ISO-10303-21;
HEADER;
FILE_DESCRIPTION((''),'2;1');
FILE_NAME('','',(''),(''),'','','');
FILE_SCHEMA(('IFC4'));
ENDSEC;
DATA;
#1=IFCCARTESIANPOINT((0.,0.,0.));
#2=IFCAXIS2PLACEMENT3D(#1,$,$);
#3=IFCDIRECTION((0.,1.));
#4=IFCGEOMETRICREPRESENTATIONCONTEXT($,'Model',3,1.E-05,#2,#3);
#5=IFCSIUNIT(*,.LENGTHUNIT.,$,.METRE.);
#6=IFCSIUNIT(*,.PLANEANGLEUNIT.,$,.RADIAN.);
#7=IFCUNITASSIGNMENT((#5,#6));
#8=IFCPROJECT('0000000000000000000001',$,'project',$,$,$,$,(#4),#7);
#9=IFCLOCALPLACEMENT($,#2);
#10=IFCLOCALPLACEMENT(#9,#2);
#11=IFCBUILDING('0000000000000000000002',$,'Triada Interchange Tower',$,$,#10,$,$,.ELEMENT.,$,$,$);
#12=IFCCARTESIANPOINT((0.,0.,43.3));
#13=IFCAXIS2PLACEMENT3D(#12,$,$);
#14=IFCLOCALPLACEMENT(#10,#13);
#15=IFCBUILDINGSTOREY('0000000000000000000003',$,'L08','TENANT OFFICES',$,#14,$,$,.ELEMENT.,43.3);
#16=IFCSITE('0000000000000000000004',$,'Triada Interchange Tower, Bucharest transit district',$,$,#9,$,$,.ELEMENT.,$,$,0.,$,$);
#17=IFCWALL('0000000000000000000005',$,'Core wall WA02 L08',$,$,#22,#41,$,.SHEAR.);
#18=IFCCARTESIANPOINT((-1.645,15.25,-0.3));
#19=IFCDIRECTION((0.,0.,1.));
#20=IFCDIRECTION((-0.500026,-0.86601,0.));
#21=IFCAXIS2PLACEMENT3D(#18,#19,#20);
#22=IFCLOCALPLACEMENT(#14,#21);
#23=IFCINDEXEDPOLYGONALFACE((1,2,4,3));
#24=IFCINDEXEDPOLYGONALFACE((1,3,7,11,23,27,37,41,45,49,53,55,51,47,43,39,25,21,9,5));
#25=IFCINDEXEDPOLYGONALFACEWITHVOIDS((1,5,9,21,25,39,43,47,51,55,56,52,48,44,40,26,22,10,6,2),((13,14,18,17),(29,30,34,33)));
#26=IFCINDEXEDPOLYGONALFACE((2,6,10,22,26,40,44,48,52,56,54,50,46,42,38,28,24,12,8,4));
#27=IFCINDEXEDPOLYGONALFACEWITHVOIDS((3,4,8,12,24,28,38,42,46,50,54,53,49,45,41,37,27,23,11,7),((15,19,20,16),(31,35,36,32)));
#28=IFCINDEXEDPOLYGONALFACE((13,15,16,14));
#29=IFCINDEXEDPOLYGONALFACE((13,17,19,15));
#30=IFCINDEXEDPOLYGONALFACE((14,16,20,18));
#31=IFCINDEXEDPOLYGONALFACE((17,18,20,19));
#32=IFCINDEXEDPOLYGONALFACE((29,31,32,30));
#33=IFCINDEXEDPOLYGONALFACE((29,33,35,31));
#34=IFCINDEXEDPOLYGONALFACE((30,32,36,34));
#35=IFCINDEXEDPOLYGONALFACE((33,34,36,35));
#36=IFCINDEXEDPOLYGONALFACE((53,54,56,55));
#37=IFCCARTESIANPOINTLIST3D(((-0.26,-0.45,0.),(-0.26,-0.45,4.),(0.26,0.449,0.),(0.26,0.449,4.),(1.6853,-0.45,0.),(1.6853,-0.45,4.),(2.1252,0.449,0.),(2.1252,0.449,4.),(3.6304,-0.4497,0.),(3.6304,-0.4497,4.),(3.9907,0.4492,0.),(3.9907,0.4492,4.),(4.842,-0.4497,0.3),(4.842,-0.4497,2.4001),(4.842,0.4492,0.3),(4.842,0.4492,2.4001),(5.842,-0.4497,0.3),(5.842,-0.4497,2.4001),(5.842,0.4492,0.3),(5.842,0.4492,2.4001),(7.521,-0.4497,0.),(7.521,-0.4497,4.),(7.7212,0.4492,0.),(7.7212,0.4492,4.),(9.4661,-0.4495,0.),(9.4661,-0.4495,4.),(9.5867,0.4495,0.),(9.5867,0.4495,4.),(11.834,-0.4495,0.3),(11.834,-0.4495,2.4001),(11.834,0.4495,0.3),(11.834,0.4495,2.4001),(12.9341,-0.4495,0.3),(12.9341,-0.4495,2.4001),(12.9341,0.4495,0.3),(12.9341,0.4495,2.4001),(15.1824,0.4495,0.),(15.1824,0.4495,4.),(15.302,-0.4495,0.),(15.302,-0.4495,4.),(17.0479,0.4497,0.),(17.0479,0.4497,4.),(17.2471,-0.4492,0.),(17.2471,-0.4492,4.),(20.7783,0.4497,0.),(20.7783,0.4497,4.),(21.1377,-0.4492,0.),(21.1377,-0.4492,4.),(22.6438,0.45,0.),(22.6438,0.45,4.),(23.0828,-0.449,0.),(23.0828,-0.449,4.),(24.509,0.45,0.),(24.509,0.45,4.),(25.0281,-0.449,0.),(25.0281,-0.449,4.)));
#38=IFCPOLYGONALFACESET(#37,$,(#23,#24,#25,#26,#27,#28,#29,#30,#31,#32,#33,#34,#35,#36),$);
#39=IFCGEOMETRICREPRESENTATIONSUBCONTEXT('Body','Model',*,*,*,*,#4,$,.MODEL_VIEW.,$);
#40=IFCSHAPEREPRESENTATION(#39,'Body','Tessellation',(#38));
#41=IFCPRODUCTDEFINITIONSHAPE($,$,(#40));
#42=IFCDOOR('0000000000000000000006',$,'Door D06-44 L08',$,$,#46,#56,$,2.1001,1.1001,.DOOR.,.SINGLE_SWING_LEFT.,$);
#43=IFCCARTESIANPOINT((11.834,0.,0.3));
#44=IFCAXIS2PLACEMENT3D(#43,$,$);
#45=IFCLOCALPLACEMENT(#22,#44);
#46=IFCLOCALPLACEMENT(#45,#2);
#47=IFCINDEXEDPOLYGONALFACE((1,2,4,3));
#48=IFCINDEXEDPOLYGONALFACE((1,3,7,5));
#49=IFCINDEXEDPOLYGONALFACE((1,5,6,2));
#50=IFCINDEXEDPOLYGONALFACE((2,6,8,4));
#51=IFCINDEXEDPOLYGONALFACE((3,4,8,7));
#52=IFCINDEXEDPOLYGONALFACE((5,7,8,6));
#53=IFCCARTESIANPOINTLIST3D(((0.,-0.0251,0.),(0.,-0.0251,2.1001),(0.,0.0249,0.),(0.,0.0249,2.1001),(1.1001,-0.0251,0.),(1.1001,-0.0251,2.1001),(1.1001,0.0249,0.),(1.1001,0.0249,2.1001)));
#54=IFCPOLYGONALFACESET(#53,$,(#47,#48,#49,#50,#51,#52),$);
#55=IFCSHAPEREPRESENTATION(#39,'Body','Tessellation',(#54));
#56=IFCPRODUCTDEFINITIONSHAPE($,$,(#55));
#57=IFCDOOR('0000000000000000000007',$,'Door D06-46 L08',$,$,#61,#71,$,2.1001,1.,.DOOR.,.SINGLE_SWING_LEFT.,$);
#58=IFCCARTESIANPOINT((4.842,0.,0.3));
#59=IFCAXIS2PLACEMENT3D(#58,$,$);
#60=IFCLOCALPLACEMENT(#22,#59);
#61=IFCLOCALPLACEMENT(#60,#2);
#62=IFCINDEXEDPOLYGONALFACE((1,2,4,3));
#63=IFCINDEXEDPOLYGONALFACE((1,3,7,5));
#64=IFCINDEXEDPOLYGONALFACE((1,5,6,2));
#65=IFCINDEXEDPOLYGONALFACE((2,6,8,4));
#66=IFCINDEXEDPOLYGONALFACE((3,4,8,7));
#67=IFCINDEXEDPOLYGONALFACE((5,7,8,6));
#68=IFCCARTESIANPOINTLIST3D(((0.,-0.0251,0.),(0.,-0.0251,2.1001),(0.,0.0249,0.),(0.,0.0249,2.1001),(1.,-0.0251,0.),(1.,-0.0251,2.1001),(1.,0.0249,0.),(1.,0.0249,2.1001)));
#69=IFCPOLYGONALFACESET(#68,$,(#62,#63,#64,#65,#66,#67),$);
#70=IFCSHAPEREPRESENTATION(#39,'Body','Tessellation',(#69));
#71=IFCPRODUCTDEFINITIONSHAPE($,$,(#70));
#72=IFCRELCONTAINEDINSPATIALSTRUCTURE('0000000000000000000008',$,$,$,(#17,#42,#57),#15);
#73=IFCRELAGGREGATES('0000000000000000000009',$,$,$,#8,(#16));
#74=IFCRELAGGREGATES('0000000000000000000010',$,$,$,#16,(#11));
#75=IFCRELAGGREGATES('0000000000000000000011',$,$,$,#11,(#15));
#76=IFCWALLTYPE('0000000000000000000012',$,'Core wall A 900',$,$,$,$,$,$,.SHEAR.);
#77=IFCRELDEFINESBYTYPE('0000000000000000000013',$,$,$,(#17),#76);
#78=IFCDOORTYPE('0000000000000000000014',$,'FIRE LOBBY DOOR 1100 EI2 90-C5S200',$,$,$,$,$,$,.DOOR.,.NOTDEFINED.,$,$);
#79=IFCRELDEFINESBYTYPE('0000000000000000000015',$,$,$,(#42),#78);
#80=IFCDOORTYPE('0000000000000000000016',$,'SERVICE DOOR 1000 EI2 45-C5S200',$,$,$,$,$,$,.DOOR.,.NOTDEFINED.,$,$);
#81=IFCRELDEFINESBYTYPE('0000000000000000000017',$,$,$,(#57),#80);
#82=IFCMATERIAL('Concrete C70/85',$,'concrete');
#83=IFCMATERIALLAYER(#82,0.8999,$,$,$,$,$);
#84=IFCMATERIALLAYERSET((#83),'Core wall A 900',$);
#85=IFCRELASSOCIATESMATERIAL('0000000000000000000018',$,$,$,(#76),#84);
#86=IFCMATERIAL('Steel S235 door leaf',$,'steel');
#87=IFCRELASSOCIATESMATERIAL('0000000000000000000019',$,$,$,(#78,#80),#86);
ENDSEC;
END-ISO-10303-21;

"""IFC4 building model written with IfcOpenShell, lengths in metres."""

from ifc_helpers import new_model, si_unit, direction, frame, frame_2d, origin, place, context, subcontext, project, spatial, polyline, rectangle, outline, extrude, material, layer, layer_set, type_object, element, fill, save


model = new_model("IFC4")

# Units and contexts
model_context = context("Model", 3, precision=1e-05, world=origin(), true_north=direction((0.0, 1.0)))
body_context = subcontext(model_context, "Body", "Model", "MODEL_VIEW")
ifc_project = project(units=[si_unit("LENGTHUNIT", "METRE"), si_unit("PLANEANGLEUNIT", "RADIAN")], contexts=[model_context])

# Site, building, storey
site_placement = place(None, origin())
site = spatial("IfcSite", under=ifc_project, at=site_placement, Name="Triada Interchange Tower, Bucharest transit district", CompositionType="ELEMENT", RefElevation=0.0)
building_placement = place(site_placement, origin())
building = spatial("IfcBuilding", under=site, at=building_placement, Name="Triada Interchange Tower", CompositionType="ELEMENT")
storey_placement = place(building_placement, frame((0.0, 0.0, 43.3)))
storey = spatial("IfcBuildingStorey", under=building, at=storey_placement, Name="L08", Description="TENANT OFFICES", CompositionType="ELEMENT", Elevation=43.3)

# Shared definitions
ifc_material_1 = material(Name="Concrete C70/85", Category="concrete")

# Wall, openings, doors
ifc_layer_1 = layer(ifc_material_1, 0.8999)
ifc_layer_set_1 = layer_set([ifc_layer_1], Name="Core wall A 900")
wall_type_1 = type_object("IfcWallType", Name="Core wall A 900", PredefinedType="SHEAR", material=ifc_layer_set_1)
wall_1_placement = place(storey_placement, frame((-1.645, 15.25, -0.3), z_axis=(0.0, 0.0, 1.0), x_axis=(-0.500026, -0.86601, 0.0)))
wall_1 = element("IfcWall", 1, at=wall_1_placement, inside=storey, type_object=wall_type_1, Name="Core wall WA02 L08", PredefinedType="SHEAR", context=body_context, shape_type="SweptSolid", body=[
    extrude(outline(polyline([(-0.26, -0.45), (1.6853, -0.45), (3.6304, -0.4497), (5.5757, -0.4497), (7.521, -0.4497), (9.4661, -0.4495), (11.4114, -0.4495), (13.3567, -0.4495), (15.302, -0.4495), (17.2471, -0.4492), (19.1924, -0.4492), (21.1377, -0.4492), (23.0828, -0.449), (25.0281, -0.449), (24.509, 0.45), (22.6438, 0.45), (20.7783, 0.4497), (18.9131, 0.4497), (17.0479, 0.4497), (15.1824, 0.4495), (13.3171, 0.4495), (11.4519, 0.4495), (9.5867, 0.4495), (7.7212, 0.4492), (5.856, 0.4492), (3.9907, 0.4492), (2.1252, 0.449), (0.26, 0.449), (-0.26, -0.45)])), origin(), (0.0, 0.0, 1.0), 4.0),
])
opening_1_placement = place(wall_1_placement, frame((11.834, 0.0, 0.3)))
opening_1 = element("IfcOpeningElement", 2, at=opening_1_placement, cuts=wall_1, PredefinedType="OPENING", context=body_context, shape_type="SweptSolid", body=[
    extrude(rectangle(XDim=1.1001, YDim=2.1001, at=frame_2d((0.55, 1.05))), frame((0.0, 0.46, 0.0), z_axis=(0.0, -1.0, 0.0), x_axis=(1.0, 0.0, 0.0)), (0.0, 0.0, 1.0), 0.9199),
])
opening_2_placement = place(wall_1_placement, frame((4.842, 0.0, 0.3)))
opening_2 = element("IfcOpeningElement", 3, at=opening_2_placement, cuts=wall_1, PredefinedType="OPENING", context=body_context, shape_type="SweptSolid", body=[
    extrude(rectangle(XDim=1.0, YDim=2.1001, at=frame_2d((0.5, 1.05))), frame((0.0, 0.46, 0.0), z_axis=(0.0, -1.0, 0.0), x_axis=(1.0, 0.0, 0.0)), (0.0, 0.0, 1.0), 0.9199),
])
ifc_material_2 = material(Name="Steel S235 door leaf", Category="steel")
door_type_1 = type_object("IfcDoorType", Name="FIRE LOBBY DOOR 1100 EI2 90-C5S200", OperationType="NOTDEFINED", PredefinedType="DOOR", material=ifc_material_2)
door_1_placement = place(opening_1_placement, origin())
door_1 = element("IfcDoor", 4, at=door_1_placement, inside=storey, type_object=door_type_1, Name="Door D06-44 L08", OperationType="SINGLE_SWING_LEFT", OverallHeight=2.1001, OverallWidth=1.1001, PredefinedType="DOOR", context=body_context, shape_type="SweptSolid", body=[
    extrude(rectangle(XDim=1.1001, YDim=2.1001, at=frame_2d((0.55, 1.05))), frame((0.0, 0.0249, 0.0), z_axis=(0.0, -1.0, 0.0), x_axis=(1.0, 0.0, 0.0)), (0.0, 0.0, 1.0), 0.05),
])
fill(opening_1, door_1)
door_type_2 = type_object("IfcDoorType", Name="SERVICE DOOR 1000 EI2 45-C5S200", OperationType="NOTDEFINED", PredefinedType="DOOR", material=ifc_material_2)
door_2_placement = place(opening_2_placement, origin())
door_2 = element("IfcDoor", 5, at=door_2_placement, inside=storey, type_object=door_type_2, Name="Door D06-46 L08", OperationType="SINGLE_SWING_LEFT", OverallHeight=2.1001, OverallWidth=1.0, PredefinedType="DOOR", context=body_context, shape_type="SweptSolid", body=[
    extrude(rectangle(XDim=1.0, YDim=2.1001, at=frame_2d((0.5, 1.05))), frame((0.0, 0.0249, 0.0), z_axis=(0.0, -1.0, 0.0), x_axis=(1.0, 0.0, 0.0)), (0.0, 0.0, 1.0), 0.05),
])
fill(opening_2, door_2)

save(model, "model.ifc")
